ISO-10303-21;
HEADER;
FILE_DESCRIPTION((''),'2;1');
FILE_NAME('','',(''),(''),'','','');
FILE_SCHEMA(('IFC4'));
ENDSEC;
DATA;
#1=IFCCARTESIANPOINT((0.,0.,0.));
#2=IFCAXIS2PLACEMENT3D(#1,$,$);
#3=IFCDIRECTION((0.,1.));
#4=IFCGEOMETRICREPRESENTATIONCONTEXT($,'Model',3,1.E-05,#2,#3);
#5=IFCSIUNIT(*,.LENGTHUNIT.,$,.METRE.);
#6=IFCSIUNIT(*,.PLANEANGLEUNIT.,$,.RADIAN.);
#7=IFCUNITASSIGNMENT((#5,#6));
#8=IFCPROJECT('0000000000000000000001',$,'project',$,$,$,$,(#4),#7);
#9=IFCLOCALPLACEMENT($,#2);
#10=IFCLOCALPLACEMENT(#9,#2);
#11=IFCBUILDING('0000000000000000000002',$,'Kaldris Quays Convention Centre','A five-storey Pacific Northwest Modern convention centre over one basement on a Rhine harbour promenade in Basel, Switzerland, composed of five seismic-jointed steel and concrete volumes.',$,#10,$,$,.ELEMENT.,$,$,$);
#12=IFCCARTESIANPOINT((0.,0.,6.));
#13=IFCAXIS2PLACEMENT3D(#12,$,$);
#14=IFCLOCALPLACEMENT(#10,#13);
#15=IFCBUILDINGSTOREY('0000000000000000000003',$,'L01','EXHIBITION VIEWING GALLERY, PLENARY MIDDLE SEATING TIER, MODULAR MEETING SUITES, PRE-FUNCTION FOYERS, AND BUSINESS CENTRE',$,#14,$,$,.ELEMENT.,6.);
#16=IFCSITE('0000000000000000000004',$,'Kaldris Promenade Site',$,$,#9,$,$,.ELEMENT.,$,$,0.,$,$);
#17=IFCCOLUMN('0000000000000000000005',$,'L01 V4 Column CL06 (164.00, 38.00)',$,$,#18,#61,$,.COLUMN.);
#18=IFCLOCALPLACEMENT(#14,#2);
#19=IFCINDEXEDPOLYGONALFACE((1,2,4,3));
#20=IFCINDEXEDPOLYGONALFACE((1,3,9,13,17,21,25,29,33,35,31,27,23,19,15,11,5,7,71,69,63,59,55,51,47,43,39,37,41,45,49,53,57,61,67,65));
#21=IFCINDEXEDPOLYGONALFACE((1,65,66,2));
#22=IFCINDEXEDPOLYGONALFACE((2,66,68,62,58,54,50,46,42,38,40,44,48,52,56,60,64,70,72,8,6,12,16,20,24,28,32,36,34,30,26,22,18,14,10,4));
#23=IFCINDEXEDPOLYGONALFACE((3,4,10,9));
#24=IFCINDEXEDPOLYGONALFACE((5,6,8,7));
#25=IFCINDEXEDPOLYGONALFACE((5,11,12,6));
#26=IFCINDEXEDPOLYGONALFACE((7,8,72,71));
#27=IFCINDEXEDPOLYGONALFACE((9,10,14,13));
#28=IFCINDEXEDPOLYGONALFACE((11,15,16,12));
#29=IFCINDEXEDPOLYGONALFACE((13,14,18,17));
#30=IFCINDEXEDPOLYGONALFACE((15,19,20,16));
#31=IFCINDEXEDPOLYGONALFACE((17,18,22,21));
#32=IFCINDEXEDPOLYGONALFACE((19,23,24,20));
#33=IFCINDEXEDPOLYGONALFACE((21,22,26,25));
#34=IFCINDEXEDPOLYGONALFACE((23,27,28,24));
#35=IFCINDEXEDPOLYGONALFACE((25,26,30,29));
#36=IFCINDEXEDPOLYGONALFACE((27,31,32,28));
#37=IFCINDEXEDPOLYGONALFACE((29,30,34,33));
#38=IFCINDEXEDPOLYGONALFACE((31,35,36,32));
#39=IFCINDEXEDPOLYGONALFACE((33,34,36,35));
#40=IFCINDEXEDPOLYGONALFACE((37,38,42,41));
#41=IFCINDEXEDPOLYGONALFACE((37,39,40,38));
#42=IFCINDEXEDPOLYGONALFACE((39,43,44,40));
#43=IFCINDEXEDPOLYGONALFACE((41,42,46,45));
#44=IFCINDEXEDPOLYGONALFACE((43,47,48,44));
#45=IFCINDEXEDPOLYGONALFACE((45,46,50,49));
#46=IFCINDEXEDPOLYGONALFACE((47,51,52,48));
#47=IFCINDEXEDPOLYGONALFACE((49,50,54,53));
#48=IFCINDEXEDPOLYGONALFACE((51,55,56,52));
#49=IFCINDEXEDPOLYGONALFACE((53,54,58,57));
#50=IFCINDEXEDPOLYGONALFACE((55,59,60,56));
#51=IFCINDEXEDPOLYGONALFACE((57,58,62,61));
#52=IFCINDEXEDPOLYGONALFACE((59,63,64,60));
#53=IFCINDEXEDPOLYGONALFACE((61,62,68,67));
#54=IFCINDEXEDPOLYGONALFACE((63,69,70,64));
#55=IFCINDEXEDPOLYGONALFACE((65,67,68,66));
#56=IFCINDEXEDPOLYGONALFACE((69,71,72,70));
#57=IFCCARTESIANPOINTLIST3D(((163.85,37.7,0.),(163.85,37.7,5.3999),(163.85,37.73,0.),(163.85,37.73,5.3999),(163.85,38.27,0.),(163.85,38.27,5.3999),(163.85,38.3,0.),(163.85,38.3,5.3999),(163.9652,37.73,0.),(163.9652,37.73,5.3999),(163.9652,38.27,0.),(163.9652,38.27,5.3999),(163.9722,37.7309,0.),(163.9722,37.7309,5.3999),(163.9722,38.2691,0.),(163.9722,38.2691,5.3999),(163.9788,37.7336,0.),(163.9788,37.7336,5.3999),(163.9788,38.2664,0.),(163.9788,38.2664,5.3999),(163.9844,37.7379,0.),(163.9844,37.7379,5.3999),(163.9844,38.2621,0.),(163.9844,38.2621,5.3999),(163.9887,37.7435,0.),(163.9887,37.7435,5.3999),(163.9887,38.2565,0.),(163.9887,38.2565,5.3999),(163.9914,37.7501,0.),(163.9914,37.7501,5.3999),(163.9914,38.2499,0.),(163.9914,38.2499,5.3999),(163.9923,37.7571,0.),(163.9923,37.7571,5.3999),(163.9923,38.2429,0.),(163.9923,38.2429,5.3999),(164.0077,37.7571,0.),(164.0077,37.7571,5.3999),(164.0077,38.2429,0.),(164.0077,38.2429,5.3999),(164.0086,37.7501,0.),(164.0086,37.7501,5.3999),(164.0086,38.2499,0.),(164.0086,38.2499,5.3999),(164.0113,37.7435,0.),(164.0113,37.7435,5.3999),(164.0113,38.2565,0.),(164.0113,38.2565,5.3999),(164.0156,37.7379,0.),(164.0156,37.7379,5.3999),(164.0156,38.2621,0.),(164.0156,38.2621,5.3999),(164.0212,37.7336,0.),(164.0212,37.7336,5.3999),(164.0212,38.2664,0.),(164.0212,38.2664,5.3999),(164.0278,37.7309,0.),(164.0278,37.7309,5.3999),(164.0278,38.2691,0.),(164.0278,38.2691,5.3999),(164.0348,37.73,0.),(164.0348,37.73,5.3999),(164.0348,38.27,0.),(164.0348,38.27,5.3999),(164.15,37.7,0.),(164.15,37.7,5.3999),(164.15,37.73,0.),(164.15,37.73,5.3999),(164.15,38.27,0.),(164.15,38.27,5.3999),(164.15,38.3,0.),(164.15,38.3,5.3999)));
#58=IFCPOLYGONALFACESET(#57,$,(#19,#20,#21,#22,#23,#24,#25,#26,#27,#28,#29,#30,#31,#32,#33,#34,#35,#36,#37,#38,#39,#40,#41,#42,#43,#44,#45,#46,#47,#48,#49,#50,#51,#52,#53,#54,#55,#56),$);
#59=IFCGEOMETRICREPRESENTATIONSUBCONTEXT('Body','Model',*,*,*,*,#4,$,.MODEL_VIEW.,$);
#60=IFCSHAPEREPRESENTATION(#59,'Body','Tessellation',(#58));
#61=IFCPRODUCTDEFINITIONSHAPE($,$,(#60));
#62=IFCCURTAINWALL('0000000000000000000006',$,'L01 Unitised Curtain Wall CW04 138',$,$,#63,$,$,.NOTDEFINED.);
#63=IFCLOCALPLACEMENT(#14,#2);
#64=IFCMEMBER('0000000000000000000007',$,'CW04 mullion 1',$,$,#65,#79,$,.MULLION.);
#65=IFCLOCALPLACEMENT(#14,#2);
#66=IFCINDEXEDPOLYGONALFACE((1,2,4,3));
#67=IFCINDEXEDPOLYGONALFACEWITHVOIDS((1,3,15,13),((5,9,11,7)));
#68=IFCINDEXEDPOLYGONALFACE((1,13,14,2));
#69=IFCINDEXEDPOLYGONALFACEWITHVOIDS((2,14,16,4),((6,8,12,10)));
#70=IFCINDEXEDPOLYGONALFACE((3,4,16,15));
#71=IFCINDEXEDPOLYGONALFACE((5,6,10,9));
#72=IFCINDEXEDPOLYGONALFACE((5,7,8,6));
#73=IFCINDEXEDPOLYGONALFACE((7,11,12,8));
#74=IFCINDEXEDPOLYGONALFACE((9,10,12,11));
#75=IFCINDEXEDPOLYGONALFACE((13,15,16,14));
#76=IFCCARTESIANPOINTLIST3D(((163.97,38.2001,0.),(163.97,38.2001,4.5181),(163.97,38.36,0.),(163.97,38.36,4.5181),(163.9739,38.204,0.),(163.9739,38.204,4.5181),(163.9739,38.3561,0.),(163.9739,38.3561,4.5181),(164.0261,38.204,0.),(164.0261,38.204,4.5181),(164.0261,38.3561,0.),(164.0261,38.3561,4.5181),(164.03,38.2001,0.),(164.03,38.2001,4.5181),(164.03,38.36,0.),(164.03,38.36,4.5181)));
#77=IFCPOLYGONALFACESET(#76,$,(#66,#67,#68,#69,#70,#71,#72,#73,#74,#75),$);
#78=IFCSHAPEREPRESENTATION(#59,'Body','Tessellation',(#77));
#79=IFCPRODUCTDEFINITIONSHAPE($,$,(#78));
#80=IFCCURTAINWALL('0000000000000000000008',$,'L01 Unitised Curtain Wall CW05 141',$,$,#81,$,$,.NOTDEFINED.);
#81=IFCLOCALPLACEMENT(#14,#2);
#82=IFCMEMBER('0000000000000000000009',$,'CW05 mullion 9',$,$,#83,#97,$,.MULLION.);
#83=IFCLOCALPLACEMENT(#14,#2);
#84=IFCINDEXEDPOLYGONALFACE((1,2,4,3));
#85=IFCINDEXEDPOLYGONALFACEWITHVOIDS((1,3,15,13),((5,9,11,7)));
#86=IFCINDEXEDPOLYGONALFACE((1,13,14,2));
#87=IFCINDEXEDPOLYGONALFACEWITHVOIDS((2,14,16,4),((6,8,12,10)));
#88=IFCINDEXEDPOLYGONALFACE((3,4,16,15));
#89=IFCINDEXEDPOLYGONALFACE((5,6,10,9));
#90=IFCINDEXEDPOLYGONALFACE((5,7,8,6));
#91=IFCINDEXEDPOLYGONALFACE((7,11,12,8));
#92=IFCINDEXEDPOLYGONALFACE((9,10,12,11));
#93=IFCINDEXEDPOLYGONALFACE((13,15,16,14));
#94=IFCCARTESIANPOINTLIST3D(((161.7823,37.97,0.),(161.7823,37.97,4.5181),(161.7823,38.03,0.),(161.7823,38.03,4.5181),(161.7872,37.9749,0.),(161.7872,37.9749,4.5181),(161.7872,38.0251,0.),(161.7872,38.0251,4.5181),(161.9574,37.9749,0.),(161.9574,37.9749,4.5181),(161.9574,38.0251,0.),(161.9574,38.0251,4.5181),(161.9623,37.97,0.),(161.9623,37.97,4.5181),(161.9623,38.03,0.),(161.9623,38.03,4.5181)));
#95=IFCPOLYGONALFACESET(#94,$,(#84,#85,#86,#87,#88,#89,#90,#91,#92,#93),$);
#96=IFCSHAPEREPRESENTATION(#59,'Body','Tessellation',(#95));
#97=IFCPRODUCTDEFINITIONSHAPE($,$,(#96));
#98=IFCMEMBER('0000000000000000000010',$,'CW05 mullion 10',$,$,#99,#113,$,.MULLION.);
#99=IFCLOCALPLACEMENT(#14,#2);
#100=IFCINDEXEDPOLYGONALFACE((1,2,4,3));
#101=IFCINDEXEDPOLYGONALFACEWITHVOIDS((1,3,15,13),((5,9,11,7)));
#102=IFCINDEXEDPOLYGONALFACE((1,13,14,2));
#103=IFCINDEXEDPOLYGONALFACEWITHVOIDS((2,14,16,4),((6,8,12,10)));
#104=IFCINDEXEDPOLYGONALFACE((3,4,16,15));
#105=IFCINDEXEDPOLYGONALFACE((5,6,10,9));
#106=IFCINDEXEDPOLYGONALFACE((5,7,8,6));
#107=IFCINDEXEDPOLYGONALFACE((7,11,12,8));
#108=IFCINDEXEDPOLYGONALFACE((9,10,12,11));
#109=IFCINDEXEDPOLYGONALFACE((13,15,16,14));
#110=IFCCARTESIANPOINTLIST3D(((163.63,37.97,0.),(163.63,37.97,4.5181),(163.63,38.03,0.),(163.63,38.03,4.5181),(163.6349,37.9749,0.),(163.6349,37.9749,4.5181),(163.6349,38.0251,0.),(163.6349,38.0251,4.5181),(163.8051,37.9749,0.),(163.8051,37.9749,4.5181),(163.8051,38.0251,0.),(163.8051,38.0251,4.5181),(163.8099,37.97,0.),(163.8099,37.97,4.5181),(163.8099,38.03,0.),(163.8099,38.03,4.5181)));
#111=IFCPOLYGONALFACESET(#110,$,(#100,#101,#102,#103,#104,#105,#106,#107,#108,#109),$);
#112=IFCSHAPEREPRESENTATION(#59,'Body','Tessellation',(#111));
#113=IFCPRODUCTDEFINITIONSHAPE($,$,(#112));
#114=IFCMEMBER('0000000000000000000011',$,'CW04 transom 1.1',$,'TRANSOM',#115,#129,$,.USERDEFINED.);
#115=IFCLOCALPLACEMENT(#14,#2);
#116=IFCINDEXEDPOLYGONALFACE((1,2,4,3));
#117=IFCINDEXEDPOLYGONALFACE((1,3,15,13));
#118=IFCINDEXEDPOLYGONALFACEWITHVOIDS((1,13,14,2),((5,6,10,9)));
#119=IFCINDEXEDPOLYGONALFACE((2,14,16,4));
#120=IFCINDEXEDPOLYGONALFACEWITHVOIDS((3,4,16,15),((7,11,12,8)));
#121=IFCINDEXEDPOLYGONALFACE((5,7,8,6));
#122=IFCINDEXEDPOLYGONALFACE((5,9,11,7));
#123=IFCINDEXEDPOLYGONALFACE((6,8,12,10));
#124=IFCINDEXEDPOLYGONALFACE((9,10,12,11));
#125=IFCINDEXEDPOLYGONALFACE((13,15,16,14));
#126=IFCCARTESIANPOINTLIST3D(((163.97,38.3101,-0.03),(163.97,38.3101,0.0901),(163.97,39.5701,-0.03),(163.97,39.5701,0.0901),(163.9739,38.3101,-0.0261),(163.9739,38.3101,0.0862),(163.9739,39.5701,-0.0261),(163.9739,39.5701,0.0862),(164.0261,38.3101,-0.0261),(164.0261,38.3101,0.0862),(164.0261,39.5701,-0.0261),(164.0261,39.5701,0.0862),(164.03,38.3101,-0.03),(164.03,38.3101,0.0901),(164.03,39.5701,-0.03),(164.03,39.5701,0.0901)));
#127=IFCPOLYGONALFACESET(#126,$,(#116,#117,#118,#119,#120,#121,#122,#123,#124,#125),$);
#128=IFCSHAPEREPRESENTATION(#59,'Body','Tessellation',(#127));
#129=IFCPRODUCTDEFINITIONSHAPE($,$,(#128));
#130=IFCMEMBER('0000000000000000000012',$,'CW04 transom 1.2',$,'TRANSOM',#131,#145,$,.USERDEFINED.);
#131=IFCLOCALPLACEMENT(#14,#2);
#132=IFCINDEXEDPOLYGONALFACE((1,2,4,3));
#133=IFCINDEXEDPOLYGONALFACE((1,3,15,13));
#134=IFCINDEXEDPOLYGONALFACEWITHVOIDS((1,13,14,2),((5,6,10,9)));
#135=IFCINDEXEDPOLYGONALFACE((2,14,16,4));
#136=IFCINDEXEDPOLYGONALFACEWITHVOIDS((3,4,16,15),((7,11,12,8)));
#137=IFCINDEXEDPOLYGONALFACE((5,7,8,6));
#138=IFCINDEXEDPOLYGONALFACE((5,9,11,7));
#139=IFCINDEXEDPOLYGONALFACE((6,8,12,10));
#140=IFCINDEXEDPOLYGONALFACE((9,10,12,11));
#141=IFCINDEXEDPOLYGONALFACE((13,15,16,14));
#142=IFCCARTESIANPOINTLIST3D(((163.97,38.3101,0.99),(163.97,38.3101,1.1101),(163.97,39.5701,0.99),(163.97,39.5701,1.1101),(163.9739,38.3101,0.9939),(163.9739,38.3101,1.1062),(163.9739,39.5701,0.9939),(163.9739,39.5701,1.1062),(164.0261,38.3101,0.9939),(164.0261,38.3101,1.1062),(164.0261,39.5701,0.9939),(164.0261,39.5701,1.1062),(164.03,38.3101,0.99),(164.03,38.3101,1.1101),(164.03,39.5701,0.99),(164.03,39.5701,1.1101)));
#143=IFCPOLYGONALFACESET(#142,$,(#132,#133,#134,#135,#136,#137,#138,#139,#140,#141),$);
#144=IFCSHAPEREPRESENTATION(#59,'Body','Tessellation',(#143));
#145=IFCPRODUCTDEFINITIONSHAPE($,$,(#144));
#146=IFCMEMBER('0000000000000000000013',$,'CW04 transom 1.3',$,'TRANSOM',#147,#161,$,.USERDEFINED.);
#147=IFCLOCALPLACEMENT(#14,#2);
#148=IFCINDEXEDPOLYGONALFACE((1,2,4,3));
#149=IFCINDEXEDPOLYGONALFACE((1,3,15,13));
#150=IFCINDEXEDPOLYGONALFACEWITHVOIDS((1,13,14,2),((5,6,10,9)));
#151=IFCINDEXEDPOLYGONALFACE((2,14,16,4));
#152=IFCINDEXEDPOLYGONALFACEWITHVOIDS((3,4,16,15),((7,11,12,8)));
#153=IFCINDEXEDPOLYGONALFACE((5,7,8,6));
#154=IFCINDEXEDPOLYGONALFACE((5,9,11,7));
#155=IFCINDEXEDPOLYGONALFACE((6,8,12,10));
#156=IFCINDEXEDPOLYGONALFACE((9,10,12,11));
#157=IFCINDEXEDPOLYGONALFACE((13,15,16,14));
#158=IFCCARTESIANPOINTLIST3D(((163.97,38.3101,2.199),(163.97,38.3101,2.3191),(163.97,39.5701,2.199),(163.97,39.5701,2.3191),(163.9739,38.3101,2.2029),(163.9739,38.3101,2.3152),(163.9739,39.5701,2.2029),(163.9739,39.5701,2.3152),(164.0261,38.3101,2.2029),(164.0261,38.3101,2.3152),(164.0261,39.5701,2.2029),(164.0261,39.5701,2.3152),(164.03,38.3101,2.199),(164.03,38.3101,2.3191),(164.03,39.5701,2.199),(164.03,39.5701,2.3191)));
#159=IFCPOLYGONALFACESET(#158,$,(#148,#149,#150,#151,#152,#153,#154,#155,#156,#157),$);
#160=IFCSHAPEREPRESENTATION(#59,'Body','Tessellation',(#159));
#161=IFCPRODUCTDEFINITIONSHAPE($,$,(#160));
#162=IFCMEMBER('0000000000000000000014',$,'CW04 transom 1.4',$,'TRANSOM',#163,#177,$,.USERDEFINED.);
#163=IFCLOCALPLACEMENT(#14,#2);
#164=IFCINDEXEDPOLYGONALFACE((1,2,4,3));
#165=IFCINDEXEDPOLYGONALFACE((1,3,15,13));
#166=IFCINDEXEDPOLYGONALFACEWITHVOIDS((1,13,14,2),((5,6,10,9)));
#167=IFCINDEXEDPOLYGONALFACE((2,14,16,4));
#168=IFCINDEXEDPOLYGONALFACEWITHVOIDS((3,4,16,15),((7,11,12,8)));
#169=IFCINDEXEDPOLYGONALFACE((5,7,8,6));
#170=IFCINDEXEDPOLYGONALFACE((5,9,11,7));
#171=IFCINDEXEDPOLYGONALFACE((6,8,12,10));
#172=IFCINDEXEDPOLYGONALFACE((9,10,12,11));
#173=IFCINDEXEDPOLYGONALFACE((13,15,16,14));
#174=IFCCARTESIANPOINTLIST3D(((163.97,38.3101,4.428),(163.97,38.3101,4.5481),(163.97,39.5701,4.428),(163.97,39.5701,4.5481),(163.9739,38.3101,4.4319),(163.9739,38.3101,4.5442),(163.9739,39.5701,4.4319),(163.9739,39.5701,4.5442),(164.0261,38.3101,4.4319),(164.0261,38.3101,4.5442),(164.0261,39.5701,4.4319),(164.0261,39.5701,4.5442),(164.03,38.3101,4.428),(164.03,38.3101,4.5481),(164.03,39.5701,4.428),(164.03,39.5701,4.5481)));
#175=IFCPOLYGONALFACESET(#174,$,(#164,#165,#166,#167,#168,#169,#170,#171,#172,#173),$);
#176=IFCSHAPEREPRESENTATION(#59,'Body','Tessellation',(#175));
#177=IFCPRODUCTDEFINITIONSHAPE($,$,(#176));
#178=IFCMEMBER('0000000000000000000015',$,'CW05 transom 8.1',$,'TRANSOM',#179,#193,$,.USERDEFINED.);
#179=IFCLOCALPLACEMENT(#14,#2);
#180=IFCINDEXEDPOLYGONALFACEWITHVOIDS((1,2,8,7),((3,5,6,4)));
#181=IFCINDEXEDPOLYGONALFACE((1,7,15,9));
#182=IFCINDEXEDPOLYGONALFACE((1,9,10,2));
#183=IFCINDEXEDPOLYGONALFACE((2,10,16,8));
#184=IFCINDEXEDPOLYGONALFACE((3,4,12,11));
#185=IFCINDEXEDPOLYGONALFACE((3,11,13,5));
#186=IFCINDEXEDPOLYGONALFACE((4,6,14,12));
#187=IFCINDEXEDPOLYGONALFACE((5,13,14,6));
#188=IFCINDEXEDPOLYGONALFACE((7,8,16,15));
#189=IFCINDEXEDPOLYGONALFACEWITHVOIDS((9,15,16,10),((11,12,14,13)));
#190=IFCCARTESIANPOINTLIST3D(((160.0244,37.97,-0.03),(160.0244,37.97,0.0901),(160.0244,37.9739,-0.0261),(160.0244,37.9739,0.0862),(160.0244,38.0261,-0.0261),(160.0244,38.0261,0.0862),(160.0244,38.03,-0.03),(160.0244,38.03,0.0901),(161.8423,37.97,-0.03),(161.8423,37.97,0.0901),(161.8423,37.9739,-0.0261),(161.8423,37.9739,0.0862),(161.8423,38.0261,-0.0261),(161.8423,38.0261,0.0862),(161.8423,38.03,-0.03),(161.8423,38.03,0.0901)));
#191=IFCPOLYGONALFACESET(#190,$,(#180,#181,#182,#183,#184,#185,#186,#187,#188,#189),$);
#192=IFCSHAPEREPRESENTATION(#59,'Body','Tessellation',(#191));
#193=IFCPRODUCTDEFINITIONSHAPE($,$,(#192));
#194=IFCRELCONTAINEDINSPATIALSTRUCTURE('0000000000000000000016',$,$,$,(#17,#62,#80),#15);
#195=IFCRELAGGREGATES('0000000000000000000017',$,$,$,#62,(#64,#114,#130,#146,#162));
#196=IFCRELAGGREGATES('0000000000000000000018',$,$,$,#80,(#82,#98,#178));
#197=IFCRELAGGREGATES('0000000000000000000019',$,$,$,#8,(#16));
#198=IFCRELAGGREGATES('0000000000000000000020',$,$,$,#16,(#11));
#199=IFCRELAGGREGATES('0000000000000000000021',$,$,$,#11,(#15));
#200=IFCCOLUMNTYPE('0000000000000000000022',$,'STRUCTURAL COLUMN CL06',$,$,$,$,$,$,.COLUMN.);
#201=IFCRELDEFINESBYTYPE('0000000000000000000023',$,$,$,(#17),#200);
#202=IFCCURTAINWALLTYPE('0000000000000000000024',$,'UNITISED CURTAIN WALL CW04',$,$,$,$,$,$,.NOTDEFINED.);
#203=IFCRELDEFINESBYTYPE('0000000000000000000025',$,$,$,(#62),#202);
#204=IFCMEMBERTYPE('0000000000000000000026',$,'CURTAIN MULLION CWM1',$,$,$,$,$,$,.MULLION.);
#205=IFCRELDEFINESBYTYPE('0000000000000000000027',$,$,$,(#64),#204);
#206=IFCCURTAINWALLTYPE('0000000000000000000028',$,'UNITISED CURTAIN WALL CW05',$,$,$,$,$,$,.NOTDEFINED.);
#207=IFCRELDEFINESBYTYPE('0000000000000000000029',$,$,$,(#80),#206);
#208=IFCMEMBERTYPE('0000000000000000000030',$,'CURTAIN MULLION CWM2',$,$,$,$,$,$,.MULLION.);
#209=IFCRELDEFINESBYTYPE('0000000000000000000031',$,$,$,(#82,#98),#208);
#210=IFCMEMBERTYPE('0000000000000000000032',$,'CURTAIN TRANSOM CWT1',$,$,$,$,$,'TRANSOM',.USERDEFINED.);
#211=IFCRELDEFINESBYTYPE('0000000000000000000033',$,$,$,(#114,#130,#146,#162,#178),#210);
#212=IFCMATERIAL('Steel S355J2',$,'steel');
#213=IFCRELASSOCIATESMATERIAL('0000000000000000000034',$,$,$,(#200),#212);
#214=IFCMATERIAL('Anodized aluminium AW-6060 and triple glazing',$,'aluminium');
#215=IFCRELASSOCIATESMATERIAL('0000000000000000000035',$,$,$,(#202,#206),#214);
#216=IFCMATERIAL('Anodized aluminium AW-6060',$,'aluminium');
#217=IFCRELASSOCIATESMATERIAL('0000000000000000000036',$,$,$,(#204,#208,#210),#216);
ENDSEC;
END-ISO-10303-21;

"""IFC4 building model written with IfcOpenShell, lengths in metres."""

from ifc_helpers import new_model, si_unit, direction, frame, origin, origin_2d, place, context, subcontext, project, spatial, hollow_rectangle, i_section, extrude, material, material_profile, profile_set, type_object, element, aggregate, save


model = new_model("IFC4")

# Units and contexts
model_context = context("Model", 3, precision=1e-05, world=origin(), true_north=direction((0.0, 1.0)))
body_context = subcontext(model_context, "Body", "Model", "MODEL_VIEW")
ifc_project = project(units=[si_unit("LENGTHUNIT", "METRE"), si_unit("PLANEANGLEUNIT", "RADIAN")], contexts=[model_context])

# Site, building, storey
site_placement = place(None, origin())
site = spatial("IfcSite", under=ifc_project, at=site_placement, Name="Kaldris Promenade Site", CompositionType="ELEMENT", RefElevation=0.0)
building_placement = place(site_placement, origin())
building = spatial("IfcBuilding", under=site, at=building_placement, Name="Kaldris Quays Convention Centre", Description="A five-storey Pacific Northwest Modern convention centre over one basement on a Rhine harbour promenade in Basel, Switzerland, composed of five seismic-jointed steel and concrete volumes.", CompositionType="ELEMENT")
storey_placement = place(building_placement, frame((0.0, 0.0, 6.0)))
storey = spatial("IfcBuildingStorey", under=building, at=storey_placement, Name="L01", Description="EXHIBITION VIEWING GALLERY, PLENARY MIDDLE SEATING TIER, MODULAR MEETING SUITES, PRE-FUNCTION FOYERS, AND BUSINESS CENTRE", CompositionType="ELEMENT", Elevation=6.0)

# Column
ifc_material_1 = material(Name="Steel S355J2", Category="steel")
ifc_material_profile_1 = material_profile(ifc_material_1, i_section(OverallWidth=0.3, OverallDepth=0.6001, WebThickness=0.0154, FlangeThickness=0.03, FilletRadius=0.0271, at=origin_2d()), Name="HEB 600")
ifc_profile_set_1 = profile_set([ifc_material_profile_1], Name="Steel S355J2")
column_type = type_object("IfcColumnType", Name="STRUCTURAL COLUMN CL06", PredefinedType="COLUMN", material=ifc_profile_set_1)
column_placement = place(storey_placement, frame((164.0, 38.0, 0.0), z_axis=(0.0, 0.0, 1.0), x_axis=(1.0, 0.0, 0.0)))
element("IfcColumn", 1, at=column_placement, inside=storey, type_object=column_type, Name="L01 V4 Column CL06 (164.00, 38.00)", PredefinedType="COLUMN", context=body_context, shape_type="SweptSolid", body=[
    extrude(i_section(OverallWidth=0.3, OverallDepth=0.6001, WebThickness=0.0154, FlangeThickness=0.03, FilletRadius=0.0271, at=origin_2d()), origin(), (0.0, 0.0, 1.0), 5.3999),
])

# Curtain wall, member
ifc_material_2 = material(Name="Anodized aluminium AW-6060 and triple glazing", Category="aluminium")
curtain_wall_type_1 = type_object("IfcCurtainWallType", Name="UNITISED CURTAIN WALL CW04", PredefinedType="NOTDEFINED", material=ifc_material_2)
curtain_wall_1_placement = place(storey_placement, origin())
curtain_wall_1 = element("IfcCurtainWall", 2, at=curtain_wall_1_placement, inside=storey, type_object=curtain_wall_type_1, Name="L01 Unitised Curtain Wall CW04 138", PredefinedType="NOTDEFINED")
ifc_material_3 = material(Name="Anodized aluminium AW-6060", Category="aluminium")
ifc_material_profile_2 = material_profile(ifc_material_3, hollow_rectangle(XDim=0.0601, YDim=0.1599, WallThickness=0.0039, at=origin_2d()), Name="RHS 160x60x4")
ifc_profile_set_2 = profile_set([ifc_material_profile_2], Name="Anodized aluminium AW-6060")
member_type_1 = type_object("IfcMemberType", Name="CURTAIN MULLION CWM1", PredefinedType="MULLION", material=ifc_profile_set_2)
member_1_placement = place(storey_placement, frame((164.0, 38.28, 0.0), z_axis=(0.0, 0.0, 1.0), x_axis=(-1.0, 0.0, 0.0)))
member_1 = element("IfcMember", 3, at=member_1_placement, type_object=member_type_1, Name="CW04 mullion 1", PredefinedType="MULLION", context=body_context, shape_type="SweptSolid", body=[
    extrude(hollow_rectangle(XDim=0.0601, YDim=0.1599, WallThickness=0.0039, at=origin_2d()), origin(), (0.0, 0.0, 1.0), 4.5181),
])

# Curtain wall, members
curtain_wall_type_2 = type_object("IfcCurtainWallType", Name="UNITISED CURTAIN WALL CW05", PredefinedType="NOTDEFINED", material=ifc_material_2)
curtain_wall_2_placement = place(storey_placement, origin())
curtain_wall_2 = element("IfcCurtainWall", 4, at=curtain_wall_2_placement, inside=storey, type_object=curtain_wall_type_2, Name="L01 Unitised Curtain Wall CW05 141", PredefinedType="NOTDEFINED")
ifc_material_profile_3 = material_profile(ifc_material_3, hollow_rectangle(XDim=0.0601, YDim=0.1799, WallThickness=0.0049, at=origin_2d()), Name="RHS 180x60x5")
ifc_profile_set_3 = profile_set([ifc_material_profile_3], Name="Anodized aluminium AW-6060")
member_type_2 = type_object("IfcMemberType", Name="CURTAIN MULLION CWM2", PredefinedType="MULLION", material=ifc_profile_set_3)
member_2_placement = place(storey_placement, frame((161.8723, 38.0, 0.0), z_axis=(0.0, 0.0, 1.0), x_axis=(0.0, 1.0, 0.0)))
member_2 = element("IfcMember", 5, at=member_2_placement, type_object=member_type_2, Name="CW05 mullion 9", PredefinedType="MULLION", context=body_context, shape_type="SweptSolid", body=[
    extrude(hollow_rectangle(XDim=0.0601, YDim=0.1799, WallThickness=0.0049, at=origin_2d()), origin(), (0.0, 0.0, 1.0), 4.5181),
])
member_3_placement = place(storey_placement, frame((163.72, 38.0, 0.0), z_axis=(0.0, 0.0, 1.0), x_axis=(0.0, 1.0, 0.0)))
member_3 = element("IfcMember", 6, at=member_3_placement, type_object=member_type_2, Name="CW05 mullion 10", PredefinedType="MULLION", context=body_context, shape_type="SweptSolid", body=[
    extrude(hollow_rectangle(XDim=0.0601, YDim=0.1799, WallThickness=0.0049, at=origin_2d()), origin(), (0.0, 0.0, 1.0), 4.5181),
])

# Members
ifc_material_profile_4 = material_profile(ifc_material_3, hollow_rectangle(XDim=0.0601, YDim=0.1201, WallThickness=0.0039, at=origin_2d()), Name="RHS 120x60x4")
ifc_profile_set_4 = profile_set([ifc_material_profile_4], Name="Anodized aluminium AW-6060")
member_type_3 = type_object("IfcMemberType", Name="CURTAIN TRANSOM CWT1", ElementType="TRANSOM", PredefinedType="USERDEFINED", material=ifc_profile_set_4)
member_4_placement = place(storey_placement, frame((164.0, 38.3101, 0.03), z_axis=(0.0, 1.0, 0.0), x_axis=(-1.0, 0.0, 0.0)))
member_4 = element("IfcMember", 7, at=member_4_placement, type_object=member_type_3, Name="CW04 transom 1.1", ObjectType="TRANSOM", PredefinedType="USERDEFINED", context=body_context, shape_type="SweptSolid", body=[
    extrude(hollow_rectangle(XDim=0.0601, YDim=0.1201, WallThickness=0.0039, at=origin_2d()), origin(), (0.0, 0.0, 1.0), 1.26),
])
member_5_placement = place(storey_placement, frame((164.0, 38.3101, 1.05), z_axis=(0.0, 1.0, 0.0), x_axis=(-1.0, 0.0, 0.0)))
member_5 = element("IfcMember", 8, at=member_5_placement, type_object=member_type_3, Name="CW04 transom 1.2", ObjectType="TRANSOM", PredefinedType="USERDEFINED", context=body_context, shape_type="SweptSolid", body=[
    extrude(hollow_rectangle(XDim=0.0601, YDim=0.1201, WallThickness=0.0039, at=origin_2d()), origin(), (0.0, 0.0, 1.0), 1.26),
])
member_6_placement = place(storey_placement, frame((164.0, 38.3101, 2.259), z_axis=(0.0, 1.0, 0.0), x_axis=(-1.0, 0.0, 0.0)))
member_6 = element("IfcMember", 9, at=member_6_placement, type_object=member_type_3, Name="CW04 transom 1.3", ObjectType="TRANSOM", PredefinedType="USERDEFINED", context=body_context, shape_type="SweptSolid", body=[
    extrude(hollow_rectangle(XDim=0.0601, YDim=0.1201, WallThickness=0.0039, at=origin_2d()), origin(), (0.0, 0.0, 1.0), 1.26),
])
member_7_placement = place(storey_placement, frame((164.0, 38.3101, 4.488), z_axis=(0.0, 1.0, 0.0), x_axis=(-1.0, 0.0, 0.0)))
member_7 = element("IfcMember", 10, at=member_7_placement, type_object=member_type_3, Name="CW04 transom 1.4", ObjectType="TRANSOM", PredefinedType="USERDEFINED", context=body_context, shape_type="SweptSolid", body=[
    extrude(hollow_rectangle(XDim=0.0601, YDim=0.1201, WallThickness=0.0039, at=origin_2d()), origin(), (0.0, 0.0, 1.0), 1.26),
])
member_8_placement = place(storey_placement, frame((160.0244, 38.0, 0.03), z_axis=(1.0, 0.0, 0.0), x_axis=(0.0, 1.0, 0.0)))
member_8 = element("IfcMember", 11, at=member_8_placement, type_object=member_type_3, Name="CW05 transom 8.1", ObjectType="TRANSOM", PredefinedType="USERDEFINED", context=body_context, shape_type="SweptSolid", body=[
    extrude(hollow_rectangle(XDim=0.0601, YDim=0.1201, WallThickness=0.0039, at=origin_2d()), origin(), (0.0, 0.0, 1.0), 1.8179),
])

aggregate(curtain_wall_1, [member_1, member_4, member_5, member_6, member_7])
aggregate(curtain_wall_2, [member_2, member_3, member_8])

save(model, "model.ifc")
